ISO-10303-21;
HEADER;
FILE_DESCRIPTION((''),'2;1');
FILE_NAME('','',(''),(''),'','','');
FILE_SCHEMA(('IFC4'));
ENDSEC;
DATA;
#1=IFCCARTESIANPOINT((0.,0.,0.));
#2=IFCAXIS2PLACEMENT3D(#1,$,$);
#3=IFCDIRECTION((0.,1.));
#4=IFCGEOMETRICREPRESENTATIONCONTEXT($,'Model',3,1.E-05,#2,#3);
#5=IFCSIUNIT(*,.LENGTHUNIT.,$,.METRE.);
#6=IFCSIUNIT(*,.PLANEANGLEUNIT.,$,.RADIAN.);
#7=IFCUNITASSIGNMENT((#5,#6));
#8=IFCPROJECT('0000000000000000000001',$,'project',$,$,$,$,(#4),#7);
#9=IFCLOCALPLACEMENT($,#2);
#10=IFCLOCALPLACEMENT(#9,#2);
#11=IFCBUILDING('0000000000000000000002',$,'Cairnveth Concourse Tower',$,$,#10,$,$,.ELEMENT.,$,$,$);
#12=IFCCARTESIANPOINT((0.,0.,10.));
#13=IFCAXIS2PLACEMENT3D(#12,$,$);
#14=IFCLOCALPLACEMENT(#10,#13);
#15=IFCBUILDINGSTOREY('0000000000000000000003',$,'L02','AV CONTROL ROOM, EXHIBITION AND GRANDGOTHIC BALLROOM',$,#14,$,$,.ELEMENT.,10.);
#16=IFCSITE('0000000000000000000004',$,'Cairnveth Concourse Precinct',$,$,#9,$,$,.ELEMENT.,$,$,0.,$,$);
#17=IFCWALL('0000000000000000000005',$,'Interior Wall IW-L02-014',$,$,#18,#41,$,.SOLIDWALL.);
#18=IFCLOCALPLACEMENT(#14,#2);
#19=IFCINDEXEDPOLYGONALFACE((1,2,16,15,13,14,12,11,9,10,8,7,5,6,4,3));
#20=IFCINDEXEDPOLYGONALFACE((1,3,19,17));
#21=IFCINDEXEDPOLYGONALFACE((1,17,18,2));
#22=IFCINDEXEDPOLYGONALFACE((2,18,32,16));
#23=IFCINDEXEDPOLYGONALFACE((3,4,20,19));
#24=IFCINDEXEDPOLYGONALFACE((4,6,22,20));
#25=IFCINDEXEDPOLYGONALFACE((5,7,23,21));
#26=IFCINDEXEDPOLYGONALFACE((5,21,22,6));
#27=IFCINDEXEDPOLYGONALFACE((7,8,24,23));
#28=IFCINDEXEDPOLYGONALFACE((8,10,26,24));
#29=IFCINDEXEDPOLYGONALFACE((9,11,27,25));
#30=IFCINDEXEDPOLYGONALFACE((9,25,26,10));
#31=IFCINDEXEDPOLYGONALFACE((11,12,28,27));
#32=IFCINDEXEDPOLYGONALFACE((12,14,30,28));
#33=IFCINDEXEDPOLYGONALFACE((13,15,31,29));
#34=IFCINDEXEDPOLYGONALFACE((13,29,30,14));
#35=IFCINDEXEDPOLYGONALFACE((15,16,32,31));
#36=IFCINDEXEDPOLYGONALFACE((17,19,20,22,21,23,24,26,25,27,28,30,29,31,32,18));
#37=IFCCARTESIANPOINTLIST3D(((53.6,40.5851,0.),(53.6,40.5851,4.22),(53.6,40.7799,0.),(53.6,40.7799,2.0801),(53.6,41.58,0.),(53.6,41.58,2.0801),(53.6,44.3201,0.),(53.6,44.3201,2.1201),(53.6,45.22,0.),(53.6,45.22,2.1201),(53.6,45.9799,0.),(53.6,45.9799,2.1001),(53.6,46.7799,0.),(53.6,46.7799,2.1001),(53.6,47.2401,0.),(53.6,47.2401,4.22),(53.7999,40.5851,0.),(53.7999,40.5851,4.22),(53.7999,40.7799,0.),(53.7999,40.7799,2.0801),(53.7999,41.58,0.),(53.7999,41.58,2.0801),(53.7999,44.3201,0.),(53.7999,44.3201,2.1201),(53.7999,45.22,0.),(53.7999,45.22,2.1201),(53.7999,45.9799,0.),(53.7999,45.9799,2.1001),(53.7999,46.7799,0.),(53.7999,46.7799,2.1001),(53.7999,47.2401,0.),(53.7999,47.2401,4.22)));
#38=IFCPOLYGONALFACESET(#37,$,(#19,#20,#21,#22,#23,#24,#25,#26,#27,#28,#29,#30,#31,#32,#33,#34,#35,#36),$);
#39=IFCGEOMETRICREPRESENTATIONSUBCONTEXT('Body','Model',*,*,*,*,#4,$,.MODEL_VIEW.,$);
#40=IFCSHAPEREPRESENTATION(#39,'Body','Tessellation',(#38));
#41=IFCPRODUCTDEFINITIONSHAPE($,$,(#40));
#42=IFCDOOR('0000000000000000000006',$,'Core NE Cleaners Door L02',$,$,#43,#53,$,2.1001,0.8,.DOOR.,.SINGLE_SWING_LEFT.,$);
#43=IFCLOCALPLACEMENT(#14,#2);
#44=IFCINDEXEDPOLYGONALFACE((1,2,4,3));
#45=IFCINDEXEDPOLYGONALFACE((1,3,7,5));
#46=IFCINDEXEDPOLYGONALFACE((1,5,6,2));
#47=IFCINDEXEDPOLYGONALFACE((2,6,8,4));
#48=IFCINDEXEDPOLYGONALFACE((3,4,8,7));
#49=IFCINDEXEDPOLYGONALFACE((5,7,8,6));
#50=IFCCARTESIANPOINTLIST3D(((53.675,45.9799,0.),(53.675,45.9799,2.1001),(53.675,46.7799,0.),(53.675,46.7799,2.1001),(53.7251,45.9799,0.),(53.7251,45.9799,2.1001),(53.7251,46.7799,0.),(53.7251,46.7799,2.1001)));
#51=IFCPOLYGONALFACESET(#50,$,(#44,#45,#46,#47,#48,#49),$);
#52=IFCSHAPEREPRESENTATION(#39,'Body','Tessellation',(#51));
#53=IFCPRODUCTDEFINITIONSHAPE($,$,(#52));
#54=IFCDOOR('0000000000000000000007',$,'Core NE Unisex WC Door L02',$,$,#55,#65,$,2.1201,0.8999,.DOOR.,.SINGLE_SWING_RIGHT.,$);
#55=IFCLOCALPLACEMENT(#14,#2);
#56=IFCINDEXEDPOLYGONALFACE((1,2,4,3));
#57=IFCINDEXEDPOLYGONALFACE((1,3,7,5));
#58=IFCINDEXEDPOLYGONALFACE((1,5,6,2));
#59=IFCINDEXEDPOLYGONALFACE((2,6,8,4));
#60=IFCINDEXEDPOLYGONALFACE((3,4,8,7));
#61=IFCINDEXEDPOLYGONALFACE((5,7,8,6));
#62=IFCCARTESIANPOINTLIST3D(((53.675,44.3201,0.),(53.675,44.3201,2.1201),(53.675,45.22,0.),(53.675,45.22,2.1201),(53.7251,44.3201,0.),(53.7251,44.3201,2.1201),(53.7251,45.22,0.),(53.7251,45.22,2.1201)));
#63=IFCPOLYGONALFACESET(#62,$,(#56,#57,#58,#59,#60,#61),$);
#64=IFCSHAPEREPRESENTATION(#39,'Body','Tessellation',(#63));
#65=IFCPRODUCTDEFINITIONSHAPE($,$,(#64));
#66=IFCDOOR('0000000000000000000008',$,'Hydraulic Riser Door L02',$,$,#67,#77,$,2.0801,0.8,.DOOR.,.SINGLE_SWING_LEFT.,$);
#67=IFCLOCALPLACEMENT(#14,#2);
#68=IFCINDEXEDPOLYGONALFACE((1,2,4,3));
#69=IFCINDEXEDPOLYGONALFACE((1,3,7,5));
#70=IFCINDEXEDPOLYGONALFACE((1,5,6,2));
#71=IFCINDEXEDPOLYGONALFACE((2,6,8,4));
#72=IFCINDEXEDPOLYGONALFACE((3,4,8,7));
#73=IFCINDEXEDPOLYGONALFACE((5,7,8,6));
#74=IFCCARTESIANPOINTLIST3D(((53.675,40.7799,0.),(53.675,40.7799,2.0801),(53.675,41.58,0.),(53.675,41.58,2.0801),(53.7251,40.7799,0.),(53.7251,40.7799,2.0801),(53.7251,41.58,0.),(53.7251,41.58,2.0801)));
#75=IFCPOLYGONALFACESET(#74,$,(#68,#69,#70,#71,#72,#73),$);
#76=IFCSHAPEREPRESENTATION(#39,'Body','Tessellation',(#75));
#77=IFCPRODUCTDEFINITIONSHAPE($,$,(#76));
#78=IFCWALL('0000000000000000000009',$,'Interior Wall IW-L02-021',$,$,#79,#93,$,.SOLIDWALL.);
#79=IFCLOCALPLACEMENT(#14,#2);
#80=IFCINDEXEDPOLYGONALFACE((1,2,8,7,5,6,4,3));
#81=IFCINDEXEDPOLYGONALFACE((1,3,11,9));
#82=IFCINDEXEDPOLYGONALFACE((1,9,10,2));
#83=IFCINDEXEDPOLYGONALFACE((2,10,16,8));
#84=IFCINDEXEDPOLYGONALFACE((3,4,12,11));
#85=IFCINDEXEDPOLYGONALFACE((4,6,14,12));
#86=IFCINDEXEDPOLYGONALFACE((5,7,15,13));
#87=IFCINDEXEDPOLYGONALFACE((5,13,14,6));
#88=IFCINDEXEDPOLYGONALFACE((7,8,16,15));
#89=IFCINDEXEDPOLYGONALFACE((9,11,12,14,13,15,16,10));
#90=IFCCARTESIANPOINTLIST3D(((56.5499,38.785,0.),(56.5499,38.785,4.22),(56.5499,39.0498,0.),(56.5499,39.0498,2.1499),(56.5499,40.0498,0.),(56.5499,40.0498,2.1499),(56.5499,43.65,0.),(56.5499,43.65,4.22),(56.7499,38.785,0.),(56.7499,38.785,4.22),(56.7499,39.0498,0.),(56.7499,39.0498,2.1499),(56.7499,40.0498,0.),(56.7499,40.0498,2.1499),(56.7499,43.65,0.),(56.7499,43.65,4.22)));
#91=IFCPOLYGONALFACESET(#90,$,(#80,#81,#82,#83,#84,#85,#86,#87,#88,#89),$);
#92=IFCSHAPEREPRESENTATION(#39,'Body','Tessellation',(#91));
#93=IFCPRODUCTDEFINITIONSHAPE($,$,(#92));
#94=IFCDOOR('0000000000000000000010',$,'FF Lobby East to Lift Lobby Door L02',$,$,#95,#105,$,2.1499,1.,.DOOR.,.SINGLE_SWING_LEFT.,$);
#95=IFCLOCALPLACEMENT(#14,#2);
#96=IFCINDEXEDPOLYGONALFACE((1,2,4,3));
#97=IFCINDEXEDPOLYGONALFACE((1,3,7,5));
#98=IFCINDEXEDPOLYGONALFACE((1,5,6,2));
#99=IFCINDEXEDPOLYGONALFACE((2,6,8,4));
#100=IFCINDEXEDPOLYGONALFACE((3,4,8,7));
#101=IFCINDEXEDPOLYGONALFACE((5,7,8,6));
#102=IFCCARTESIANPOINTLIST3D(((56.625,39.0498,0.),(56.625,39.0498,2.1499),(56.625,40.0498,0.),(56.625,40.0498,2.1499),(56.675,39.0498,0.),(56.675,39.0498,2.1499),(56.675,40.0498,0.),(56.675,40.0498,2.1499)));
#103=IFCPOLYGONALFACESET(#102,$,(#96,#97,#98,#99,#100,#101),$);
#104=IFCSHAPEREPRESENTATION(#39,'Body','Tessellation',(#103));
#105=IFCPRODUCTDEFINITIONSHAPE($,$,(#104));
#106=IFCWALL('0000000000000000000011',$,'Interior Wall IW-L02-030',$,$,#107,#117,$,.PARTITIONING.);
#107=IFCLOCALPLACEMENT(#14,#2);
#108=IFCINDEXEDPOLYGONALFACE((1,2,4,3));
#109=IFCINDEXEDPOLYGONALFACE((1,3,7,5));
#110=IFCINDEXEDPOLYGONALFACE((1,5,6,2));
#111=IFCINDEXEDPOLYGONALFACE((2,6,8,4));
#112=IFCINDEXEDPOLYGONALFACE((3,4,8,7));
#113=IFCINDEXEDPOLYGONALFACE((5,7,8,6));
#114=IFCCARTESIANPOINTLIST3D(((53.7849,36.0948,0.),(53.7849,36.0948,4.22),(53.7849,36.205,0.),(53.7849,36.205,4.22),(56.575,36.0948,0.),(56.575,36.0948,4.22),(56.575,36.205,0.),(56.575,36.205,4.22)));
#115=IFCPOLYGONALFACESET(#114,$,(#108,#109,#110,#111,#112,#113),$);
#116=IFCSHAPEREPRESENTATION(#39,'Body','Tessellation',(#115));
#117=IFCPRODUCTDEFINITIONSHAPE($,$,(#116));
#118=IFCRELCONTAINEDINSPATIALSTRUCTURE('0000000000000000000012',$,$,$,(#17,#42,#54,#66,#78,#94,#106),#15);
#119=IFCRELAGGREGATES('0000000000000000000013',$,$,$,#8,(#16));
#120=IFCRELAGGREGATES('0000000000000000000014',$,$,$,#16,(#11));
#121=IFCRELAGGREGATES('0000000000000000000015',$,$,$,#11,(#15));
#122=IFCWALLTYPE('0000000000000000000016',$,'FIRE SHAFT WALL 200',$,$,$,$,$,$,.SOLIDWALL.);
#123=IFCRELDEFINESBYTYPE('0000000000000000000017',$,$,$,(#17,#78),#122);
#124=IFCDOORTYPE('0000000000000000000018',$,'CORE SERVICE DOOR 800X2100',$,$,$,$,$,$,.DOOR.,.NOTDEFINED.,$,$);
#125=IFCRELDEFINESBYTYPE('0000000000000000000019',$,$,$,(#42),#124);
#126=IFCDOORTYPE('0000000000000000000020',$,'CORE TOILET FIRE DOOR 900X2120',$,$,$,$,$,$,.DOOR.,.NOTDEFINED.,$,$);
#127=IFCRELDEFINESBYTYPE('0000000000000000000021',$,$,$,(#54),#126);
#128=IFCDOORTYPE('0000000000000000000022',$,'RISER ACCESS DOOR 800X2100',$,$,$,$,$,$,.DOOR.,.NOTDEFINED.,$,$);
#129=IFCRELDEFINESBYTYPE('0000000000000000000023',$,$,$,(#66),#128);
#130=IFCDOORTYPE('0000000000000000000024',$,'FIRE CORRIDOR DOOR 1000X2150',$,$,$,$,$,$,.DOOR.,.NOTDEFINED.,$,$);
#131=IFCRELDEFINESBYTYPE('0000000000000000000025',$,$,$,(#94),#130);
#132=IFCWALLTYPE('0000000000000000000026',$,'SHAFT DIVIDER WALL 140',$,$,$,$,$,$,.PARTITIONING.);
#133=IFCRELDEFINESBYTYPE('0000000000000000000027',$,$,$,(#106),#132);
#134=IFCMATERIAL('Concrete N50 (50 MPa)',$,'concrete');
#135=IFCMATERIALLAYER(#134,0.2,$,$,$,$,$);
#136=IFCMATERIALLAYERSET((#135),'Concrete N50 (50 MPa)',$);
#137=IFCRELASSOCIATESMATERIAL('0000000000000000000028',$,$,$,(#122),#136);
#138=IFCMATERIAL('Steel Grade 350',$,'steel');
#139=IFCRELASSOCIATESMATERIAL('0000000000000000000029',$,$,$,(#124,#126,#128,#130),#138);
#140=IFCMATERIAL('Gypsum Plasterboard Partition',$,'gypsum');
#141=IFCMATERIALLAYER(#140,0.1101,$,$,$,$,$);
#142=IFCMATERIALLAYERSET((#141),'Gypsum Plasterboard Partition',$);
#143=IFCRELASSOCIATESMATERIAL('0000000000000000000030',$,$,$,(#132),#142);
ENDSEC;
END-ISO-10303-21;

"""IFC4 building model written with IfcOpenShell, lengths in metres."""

from ifc_helpers import new_model, si_unit, direction, frame, frame_2d, origin, place, context, subcontext, project, spatial, rectangle, extrude, material, layer, layer_set, type_object, element, fill, save


model = new_model("IFC4")

# Units and contexts
model_context = context("Model", 3, precision=1e-05, world=origin(), true_north=direction((0.0, 1.0)))
body_context = subcontext(model_context, "Body", "Model", "MODEL_VIEW")
ifc_project = project(units=[si_unit("LENGTHUNIT", "METRE"), si_unit("PLANEANGLEUNIT", "RADIAN")], contexts=[model_context])

# Site, building, storey
site_placement = place(None, origin())
site = spatial("IfcSite", under=ifc_project, at=site_placement, Name="Cairnveth Concourse Precinct", CompositionType="ELEMENT", RefElevation=0.0)
building_placement = place(site_placement, origin())
building = spatial("IfcBuilding", under=site, at=building_placement, Name="Cairnveth Concourse Tower", CompositionType="ELEMENT")
storey_placement = place(building_placement, frame((0.0, 0.0, 10.0)))
storey = spatial("IfcBuildingStorey", under=building, at=storey_placement, Name="L02", Description="AV CONTROL ROOM, EXHIBITION AND GRANDGOTHIC BALLROOM", CompositionType="ELEMENT", Elevation=10.0)

# Shared definitions
ifc_material_1 = material(Name="Gypsum Plasterboard Partition", Category="gypsum")
ifc_material_2 = material(Name="Concrete N50 (50 MPa)", Category="concrete")
ifc_layer_1 = layer(ifc_material_2, 0.2)
ifc_layer_set_1 = layer_set([ifc_layer_1], Name="Concrete N50 (50 MPa)")
wall_type_1 = type_object("IfcWallType", Name="FIRE SHAFT WALL 200", PredefinedType="SOLIDWALL", material=ifc_layer_set_1)

# Wall, openings, doors
wall_1_placement = place(storey_placement, frame((53.7, 40.585, 0.0), z_axis=(0.0, 0.0, 1.0), x_axis=(0.0, 1.0, 0.0)))
wall_1 = element("IfcWall", 1, at=wall_1_placement, inside=storey, type_object=wall_type_1, Name="Interior Wall IW-L02-014", PredefinedType="SOLIDWALL", context=body_context, shape_type="SweptSolid", body=[
    extrude(rectangle(XDim=6.655, YDim=0.2, at=frame_2d((3.3276, 0.0))), origin(), (0.0, 0.0, 1.0), 4.22),
])
opening_1_placement = place(wall_1_placement, frame((0.1951, 0.0, 0.0)))
opening_1 = element("IfcOpeningElement", 2, at=opening_1_placement, cuts=wall_1, PredefinedType="OPENING", context=body_context, shape_type="SweptSolid", body=[
    extrude(rectangle(XDim=0.8, YDim=2.0801, at=frame_2d((0.3999, 1.04))), frame((0.0, 0.1099, 0.0), z_axis=(0.0, -1.0, 0.0), x_axis=(1.0, 0.0, 0.0)), (0.0, 0.0, 1.0), 0.22),
])
opening_2_placement = place(wall_1_placement, frame((3.7351, 0.0, 0.0)))
opening_2 = element("IfcOpeningElement", 3, at=opening_2_placement, cuts=wall_1, PredefinedType="OPENING", context=body_context, shape_type="SweptSolid", body=[
    extrude(rectangle(XDim=0.8999, YDim=2.1201, at=frame_2d((0.45, 1.0601))), frame((0.0, 0.1099, 0.0), z_axis=(0.0, -1.0, 0.0), x_axis=(1.0, 0.0, 0.0)), (0.0, 0.0, 1.0), 0.22),
])
opening_3_placement = place(wall_1_placement, frame((5.395, 0.0, 0.0)))
opening_3 = element("IfcOpeningElement", 4, at=opening_3_placement, cuts=wall_1, PredefinedType="OPENING", context=body_context, shape_type="SweptSolid", body=[
    extrude(rectangle(XDim=0.8, YDim=2.1001, at=frame_2d((0.3999, 1.05))), frame((0.0, 0.1099, 0.0), z_axis=(0.0, -1.0, 0.0), x_axis=(1.0, 0.0, 0.0)), (0.0, 0.0, 1.0), 0.22),
])
ifc_material_3 = material(Name="Steel Grade 350", Category="steel")
door_type_1 = type_object("IfcDoorType", Name="CORE SERVICE DOOR 800X2100", OperationType="NOTDEFINED", PredefinedType="DOOR", material=ifc_material_3)
door_1_placement = place(opening_3_placement, origin())
door_1 = element("IfcDoor", 5, at=door_1_placement, inside=storey, type_object=door_type_1, Name="Core NE Cleaners Door L02", OperationType="SINGLE_SWING_LEFT", OverallHeight=2.1001, OverallWidth=0.8, PredefinedType="DOOR", context=body_context, shape_type="SweptSolid", body=[
    extrude(rectangle(XDim=0.8, YDim=2.1001, at=frame_2d((0.3999, 1.05))), frame((0.0, 0.0249, 0.0), z_axis=(0.0, -1.0, 0.0), x_axis=(1.0, 0.0, 0.0)), (0.0, 0.0, 1.0), 0.05),
])
fill(opening_3, door_1)
door_type_2 = type_object("IfcDoorType", Name="CORE TOILET FIRE DOOR 900X2120", OperationType="NOTDEFINED", PredefinedType="DOOR", material=ifc_material_3)
door_2_placement = place(opening_2_placement, origin())
door_2 = element("IfcDoor", 6, at=door_2_placement, inside=storey, type_object=door_type_2, Name="Core NE Unisex WC Door L02", OperationType="SINGLE_SWING_RIGHT", OverallHeight=2.1201, OverallWidth=0.8999, PredefinedType="DOOR", context=body_context, shape_type="SweptSolid", body=[
    extrude(rectangle(XDim=0.8999, YDim=2.1201, at=frame_2d((0.45, 1.0601))), frame((0.0, 0.0249, 0.0), z_axis=(0.0, -1.0, 0.0), x_axis=(1.0, 0.0, 0.0)), (0.0, 0.0, 1.0), 0.05),
])
fill(opening_2, door_2)
door_type_3 = type_object("IfcDoorType", Name="RISER ACCESS DOOR 800X2100", OperationType="NOTDEFINED", PredefinedType="DOOR", material=ifc_material_3)
door_3_placement = place(opening_1_placement, origin())
door_3 = element("IfcDoor", 7, at=door_3_placement, inside=storey, type_object=door_type_3, Name="Hydraulic Riser Door L02", OperationType="SINGLE_SWING_LEFT", OverallHeight=2.0801, OverallWidth=0.8, PredefinedType="DOOR", context=body_context, shape_type="SweptSolid", body=[
    extrude(rectangle(XDim=0.8, YDim=2.0801, at=frame_2d((0.3999, 1.04))), frame((0.0, 0.0249, 0.0), z_axis=(0.0, -1.0, 0.0), x_axis=(1.0, 0.0, 0.0)), (0.0, 0.0, 1.0), 0.05),
])
fill(opening_1, door_3)

# Wall, opening, door
wall_2_placement = place(storey_placement, frame((56.6499, 38.7849, 0.0), z_axis=(0.0, 0.0, 1.0), x_axis=(0.0, 1.0, 0.0)))
wall_2 = element("IfcWall", 8, at=wall_2_placement, inside=storey, type_object=wall_type_1, Name="Interior Wall IW-L02-021", PredefinedType="SOLIDWALL", context=body_context, shape_type="SweptSolid", body=[
    extrude(rectangle(XDim=4.865, YDim=0.2, at=frame_2d((2.4326, 0.0))), origin(), (0.0, 0.0, 1.0), 4.22),
])
opening_4_placement = place(wall_2_placement, frame((0.2649, 0.0, 0.0)))
opening_4 = element("IfcOpeningElement", 9, at=opening_4_placement, cuts=wall_2, PredefinedType="OPENING", context=body_context, shape_type="SweptSolid", body=[
    extrude(rectangle(XDim=1.0, YDim=2.1499, at=frame_2d((0.5, 1.075))), frame((0.0, 0.1099, 0.0), z_axis=(0.0, -1.0, 0.0), x_axis=(1.0, 0.0, 0.0)), (0.0, 0.0, 1.0), 0.22),
])
door_type_4 = type_object("IfcDoorType", Name="FIRE CORRIDOR DOOR 1000X2150", OperationType="NOTDEFINED", PredefinedType="DOOR", material=ifc_material_3)
door_4_placement = place(opening_4_placement, origin())
door_4 = element("IfcDoor", 10, at=door_4_placement, inside=storey, type_object=door_type_4, Name="FF Lobby East to Lift Lobby Door L02", OperationType="SINGLE_SWING_LEFT", OverallHeight=2.1499, OverallWidth=1.0, PredefinedType="DOOR", context=body_context, shape_type="SweptSolid", body=[
    extrude(rectangle(XDim=1.0, YDim=2.1499, at=frame_2d((0.5, 1.075))), frame((0.0, 0.0249, 0.0), z_axis=(0.0, -1.0, 0.0), x_axis=(1.0, 0.0, 0.0)), (0.0, 0.0, 1.0), 0.05),
])
fill(opening_4, door_4)

# Wall
ifc_layer_2 = layer(ifc_material_1, 0.1101)
ifc_layer_set_2 = layer_set([ifc_layer_2], Name="Gypsum Plasterboard Partition")
wall_type_2 = type_object("IfcWallType", Name="SHAFT DIVIDER WALL 140", PredefinedType="PARTITIONING", material=ifc_layer_set_2)
wall_3_placement = place(storey_placement, frame((53.7849, 36.1499, 0.0), z_axis=(0.0, 0.0, 1.0), x_axis=(1.0, 0.0, 0.0)))
element("IfcWall", 11, at=wall_3_placement, inside=storey, type_object=wall_type_2, Name="Interior Wall IW-L02-030", PredefinedType="PARTITIONING", context=body_context, shape_type="SweptSolid", body=[
    extrude(rectangle(XDim=2.79, YDim=0.1101, at=frame_2d((1.395, 0.0))), origin(), (0.0, 0.0, 1.0), 4.22),
])

save(model, "model.ifc")
